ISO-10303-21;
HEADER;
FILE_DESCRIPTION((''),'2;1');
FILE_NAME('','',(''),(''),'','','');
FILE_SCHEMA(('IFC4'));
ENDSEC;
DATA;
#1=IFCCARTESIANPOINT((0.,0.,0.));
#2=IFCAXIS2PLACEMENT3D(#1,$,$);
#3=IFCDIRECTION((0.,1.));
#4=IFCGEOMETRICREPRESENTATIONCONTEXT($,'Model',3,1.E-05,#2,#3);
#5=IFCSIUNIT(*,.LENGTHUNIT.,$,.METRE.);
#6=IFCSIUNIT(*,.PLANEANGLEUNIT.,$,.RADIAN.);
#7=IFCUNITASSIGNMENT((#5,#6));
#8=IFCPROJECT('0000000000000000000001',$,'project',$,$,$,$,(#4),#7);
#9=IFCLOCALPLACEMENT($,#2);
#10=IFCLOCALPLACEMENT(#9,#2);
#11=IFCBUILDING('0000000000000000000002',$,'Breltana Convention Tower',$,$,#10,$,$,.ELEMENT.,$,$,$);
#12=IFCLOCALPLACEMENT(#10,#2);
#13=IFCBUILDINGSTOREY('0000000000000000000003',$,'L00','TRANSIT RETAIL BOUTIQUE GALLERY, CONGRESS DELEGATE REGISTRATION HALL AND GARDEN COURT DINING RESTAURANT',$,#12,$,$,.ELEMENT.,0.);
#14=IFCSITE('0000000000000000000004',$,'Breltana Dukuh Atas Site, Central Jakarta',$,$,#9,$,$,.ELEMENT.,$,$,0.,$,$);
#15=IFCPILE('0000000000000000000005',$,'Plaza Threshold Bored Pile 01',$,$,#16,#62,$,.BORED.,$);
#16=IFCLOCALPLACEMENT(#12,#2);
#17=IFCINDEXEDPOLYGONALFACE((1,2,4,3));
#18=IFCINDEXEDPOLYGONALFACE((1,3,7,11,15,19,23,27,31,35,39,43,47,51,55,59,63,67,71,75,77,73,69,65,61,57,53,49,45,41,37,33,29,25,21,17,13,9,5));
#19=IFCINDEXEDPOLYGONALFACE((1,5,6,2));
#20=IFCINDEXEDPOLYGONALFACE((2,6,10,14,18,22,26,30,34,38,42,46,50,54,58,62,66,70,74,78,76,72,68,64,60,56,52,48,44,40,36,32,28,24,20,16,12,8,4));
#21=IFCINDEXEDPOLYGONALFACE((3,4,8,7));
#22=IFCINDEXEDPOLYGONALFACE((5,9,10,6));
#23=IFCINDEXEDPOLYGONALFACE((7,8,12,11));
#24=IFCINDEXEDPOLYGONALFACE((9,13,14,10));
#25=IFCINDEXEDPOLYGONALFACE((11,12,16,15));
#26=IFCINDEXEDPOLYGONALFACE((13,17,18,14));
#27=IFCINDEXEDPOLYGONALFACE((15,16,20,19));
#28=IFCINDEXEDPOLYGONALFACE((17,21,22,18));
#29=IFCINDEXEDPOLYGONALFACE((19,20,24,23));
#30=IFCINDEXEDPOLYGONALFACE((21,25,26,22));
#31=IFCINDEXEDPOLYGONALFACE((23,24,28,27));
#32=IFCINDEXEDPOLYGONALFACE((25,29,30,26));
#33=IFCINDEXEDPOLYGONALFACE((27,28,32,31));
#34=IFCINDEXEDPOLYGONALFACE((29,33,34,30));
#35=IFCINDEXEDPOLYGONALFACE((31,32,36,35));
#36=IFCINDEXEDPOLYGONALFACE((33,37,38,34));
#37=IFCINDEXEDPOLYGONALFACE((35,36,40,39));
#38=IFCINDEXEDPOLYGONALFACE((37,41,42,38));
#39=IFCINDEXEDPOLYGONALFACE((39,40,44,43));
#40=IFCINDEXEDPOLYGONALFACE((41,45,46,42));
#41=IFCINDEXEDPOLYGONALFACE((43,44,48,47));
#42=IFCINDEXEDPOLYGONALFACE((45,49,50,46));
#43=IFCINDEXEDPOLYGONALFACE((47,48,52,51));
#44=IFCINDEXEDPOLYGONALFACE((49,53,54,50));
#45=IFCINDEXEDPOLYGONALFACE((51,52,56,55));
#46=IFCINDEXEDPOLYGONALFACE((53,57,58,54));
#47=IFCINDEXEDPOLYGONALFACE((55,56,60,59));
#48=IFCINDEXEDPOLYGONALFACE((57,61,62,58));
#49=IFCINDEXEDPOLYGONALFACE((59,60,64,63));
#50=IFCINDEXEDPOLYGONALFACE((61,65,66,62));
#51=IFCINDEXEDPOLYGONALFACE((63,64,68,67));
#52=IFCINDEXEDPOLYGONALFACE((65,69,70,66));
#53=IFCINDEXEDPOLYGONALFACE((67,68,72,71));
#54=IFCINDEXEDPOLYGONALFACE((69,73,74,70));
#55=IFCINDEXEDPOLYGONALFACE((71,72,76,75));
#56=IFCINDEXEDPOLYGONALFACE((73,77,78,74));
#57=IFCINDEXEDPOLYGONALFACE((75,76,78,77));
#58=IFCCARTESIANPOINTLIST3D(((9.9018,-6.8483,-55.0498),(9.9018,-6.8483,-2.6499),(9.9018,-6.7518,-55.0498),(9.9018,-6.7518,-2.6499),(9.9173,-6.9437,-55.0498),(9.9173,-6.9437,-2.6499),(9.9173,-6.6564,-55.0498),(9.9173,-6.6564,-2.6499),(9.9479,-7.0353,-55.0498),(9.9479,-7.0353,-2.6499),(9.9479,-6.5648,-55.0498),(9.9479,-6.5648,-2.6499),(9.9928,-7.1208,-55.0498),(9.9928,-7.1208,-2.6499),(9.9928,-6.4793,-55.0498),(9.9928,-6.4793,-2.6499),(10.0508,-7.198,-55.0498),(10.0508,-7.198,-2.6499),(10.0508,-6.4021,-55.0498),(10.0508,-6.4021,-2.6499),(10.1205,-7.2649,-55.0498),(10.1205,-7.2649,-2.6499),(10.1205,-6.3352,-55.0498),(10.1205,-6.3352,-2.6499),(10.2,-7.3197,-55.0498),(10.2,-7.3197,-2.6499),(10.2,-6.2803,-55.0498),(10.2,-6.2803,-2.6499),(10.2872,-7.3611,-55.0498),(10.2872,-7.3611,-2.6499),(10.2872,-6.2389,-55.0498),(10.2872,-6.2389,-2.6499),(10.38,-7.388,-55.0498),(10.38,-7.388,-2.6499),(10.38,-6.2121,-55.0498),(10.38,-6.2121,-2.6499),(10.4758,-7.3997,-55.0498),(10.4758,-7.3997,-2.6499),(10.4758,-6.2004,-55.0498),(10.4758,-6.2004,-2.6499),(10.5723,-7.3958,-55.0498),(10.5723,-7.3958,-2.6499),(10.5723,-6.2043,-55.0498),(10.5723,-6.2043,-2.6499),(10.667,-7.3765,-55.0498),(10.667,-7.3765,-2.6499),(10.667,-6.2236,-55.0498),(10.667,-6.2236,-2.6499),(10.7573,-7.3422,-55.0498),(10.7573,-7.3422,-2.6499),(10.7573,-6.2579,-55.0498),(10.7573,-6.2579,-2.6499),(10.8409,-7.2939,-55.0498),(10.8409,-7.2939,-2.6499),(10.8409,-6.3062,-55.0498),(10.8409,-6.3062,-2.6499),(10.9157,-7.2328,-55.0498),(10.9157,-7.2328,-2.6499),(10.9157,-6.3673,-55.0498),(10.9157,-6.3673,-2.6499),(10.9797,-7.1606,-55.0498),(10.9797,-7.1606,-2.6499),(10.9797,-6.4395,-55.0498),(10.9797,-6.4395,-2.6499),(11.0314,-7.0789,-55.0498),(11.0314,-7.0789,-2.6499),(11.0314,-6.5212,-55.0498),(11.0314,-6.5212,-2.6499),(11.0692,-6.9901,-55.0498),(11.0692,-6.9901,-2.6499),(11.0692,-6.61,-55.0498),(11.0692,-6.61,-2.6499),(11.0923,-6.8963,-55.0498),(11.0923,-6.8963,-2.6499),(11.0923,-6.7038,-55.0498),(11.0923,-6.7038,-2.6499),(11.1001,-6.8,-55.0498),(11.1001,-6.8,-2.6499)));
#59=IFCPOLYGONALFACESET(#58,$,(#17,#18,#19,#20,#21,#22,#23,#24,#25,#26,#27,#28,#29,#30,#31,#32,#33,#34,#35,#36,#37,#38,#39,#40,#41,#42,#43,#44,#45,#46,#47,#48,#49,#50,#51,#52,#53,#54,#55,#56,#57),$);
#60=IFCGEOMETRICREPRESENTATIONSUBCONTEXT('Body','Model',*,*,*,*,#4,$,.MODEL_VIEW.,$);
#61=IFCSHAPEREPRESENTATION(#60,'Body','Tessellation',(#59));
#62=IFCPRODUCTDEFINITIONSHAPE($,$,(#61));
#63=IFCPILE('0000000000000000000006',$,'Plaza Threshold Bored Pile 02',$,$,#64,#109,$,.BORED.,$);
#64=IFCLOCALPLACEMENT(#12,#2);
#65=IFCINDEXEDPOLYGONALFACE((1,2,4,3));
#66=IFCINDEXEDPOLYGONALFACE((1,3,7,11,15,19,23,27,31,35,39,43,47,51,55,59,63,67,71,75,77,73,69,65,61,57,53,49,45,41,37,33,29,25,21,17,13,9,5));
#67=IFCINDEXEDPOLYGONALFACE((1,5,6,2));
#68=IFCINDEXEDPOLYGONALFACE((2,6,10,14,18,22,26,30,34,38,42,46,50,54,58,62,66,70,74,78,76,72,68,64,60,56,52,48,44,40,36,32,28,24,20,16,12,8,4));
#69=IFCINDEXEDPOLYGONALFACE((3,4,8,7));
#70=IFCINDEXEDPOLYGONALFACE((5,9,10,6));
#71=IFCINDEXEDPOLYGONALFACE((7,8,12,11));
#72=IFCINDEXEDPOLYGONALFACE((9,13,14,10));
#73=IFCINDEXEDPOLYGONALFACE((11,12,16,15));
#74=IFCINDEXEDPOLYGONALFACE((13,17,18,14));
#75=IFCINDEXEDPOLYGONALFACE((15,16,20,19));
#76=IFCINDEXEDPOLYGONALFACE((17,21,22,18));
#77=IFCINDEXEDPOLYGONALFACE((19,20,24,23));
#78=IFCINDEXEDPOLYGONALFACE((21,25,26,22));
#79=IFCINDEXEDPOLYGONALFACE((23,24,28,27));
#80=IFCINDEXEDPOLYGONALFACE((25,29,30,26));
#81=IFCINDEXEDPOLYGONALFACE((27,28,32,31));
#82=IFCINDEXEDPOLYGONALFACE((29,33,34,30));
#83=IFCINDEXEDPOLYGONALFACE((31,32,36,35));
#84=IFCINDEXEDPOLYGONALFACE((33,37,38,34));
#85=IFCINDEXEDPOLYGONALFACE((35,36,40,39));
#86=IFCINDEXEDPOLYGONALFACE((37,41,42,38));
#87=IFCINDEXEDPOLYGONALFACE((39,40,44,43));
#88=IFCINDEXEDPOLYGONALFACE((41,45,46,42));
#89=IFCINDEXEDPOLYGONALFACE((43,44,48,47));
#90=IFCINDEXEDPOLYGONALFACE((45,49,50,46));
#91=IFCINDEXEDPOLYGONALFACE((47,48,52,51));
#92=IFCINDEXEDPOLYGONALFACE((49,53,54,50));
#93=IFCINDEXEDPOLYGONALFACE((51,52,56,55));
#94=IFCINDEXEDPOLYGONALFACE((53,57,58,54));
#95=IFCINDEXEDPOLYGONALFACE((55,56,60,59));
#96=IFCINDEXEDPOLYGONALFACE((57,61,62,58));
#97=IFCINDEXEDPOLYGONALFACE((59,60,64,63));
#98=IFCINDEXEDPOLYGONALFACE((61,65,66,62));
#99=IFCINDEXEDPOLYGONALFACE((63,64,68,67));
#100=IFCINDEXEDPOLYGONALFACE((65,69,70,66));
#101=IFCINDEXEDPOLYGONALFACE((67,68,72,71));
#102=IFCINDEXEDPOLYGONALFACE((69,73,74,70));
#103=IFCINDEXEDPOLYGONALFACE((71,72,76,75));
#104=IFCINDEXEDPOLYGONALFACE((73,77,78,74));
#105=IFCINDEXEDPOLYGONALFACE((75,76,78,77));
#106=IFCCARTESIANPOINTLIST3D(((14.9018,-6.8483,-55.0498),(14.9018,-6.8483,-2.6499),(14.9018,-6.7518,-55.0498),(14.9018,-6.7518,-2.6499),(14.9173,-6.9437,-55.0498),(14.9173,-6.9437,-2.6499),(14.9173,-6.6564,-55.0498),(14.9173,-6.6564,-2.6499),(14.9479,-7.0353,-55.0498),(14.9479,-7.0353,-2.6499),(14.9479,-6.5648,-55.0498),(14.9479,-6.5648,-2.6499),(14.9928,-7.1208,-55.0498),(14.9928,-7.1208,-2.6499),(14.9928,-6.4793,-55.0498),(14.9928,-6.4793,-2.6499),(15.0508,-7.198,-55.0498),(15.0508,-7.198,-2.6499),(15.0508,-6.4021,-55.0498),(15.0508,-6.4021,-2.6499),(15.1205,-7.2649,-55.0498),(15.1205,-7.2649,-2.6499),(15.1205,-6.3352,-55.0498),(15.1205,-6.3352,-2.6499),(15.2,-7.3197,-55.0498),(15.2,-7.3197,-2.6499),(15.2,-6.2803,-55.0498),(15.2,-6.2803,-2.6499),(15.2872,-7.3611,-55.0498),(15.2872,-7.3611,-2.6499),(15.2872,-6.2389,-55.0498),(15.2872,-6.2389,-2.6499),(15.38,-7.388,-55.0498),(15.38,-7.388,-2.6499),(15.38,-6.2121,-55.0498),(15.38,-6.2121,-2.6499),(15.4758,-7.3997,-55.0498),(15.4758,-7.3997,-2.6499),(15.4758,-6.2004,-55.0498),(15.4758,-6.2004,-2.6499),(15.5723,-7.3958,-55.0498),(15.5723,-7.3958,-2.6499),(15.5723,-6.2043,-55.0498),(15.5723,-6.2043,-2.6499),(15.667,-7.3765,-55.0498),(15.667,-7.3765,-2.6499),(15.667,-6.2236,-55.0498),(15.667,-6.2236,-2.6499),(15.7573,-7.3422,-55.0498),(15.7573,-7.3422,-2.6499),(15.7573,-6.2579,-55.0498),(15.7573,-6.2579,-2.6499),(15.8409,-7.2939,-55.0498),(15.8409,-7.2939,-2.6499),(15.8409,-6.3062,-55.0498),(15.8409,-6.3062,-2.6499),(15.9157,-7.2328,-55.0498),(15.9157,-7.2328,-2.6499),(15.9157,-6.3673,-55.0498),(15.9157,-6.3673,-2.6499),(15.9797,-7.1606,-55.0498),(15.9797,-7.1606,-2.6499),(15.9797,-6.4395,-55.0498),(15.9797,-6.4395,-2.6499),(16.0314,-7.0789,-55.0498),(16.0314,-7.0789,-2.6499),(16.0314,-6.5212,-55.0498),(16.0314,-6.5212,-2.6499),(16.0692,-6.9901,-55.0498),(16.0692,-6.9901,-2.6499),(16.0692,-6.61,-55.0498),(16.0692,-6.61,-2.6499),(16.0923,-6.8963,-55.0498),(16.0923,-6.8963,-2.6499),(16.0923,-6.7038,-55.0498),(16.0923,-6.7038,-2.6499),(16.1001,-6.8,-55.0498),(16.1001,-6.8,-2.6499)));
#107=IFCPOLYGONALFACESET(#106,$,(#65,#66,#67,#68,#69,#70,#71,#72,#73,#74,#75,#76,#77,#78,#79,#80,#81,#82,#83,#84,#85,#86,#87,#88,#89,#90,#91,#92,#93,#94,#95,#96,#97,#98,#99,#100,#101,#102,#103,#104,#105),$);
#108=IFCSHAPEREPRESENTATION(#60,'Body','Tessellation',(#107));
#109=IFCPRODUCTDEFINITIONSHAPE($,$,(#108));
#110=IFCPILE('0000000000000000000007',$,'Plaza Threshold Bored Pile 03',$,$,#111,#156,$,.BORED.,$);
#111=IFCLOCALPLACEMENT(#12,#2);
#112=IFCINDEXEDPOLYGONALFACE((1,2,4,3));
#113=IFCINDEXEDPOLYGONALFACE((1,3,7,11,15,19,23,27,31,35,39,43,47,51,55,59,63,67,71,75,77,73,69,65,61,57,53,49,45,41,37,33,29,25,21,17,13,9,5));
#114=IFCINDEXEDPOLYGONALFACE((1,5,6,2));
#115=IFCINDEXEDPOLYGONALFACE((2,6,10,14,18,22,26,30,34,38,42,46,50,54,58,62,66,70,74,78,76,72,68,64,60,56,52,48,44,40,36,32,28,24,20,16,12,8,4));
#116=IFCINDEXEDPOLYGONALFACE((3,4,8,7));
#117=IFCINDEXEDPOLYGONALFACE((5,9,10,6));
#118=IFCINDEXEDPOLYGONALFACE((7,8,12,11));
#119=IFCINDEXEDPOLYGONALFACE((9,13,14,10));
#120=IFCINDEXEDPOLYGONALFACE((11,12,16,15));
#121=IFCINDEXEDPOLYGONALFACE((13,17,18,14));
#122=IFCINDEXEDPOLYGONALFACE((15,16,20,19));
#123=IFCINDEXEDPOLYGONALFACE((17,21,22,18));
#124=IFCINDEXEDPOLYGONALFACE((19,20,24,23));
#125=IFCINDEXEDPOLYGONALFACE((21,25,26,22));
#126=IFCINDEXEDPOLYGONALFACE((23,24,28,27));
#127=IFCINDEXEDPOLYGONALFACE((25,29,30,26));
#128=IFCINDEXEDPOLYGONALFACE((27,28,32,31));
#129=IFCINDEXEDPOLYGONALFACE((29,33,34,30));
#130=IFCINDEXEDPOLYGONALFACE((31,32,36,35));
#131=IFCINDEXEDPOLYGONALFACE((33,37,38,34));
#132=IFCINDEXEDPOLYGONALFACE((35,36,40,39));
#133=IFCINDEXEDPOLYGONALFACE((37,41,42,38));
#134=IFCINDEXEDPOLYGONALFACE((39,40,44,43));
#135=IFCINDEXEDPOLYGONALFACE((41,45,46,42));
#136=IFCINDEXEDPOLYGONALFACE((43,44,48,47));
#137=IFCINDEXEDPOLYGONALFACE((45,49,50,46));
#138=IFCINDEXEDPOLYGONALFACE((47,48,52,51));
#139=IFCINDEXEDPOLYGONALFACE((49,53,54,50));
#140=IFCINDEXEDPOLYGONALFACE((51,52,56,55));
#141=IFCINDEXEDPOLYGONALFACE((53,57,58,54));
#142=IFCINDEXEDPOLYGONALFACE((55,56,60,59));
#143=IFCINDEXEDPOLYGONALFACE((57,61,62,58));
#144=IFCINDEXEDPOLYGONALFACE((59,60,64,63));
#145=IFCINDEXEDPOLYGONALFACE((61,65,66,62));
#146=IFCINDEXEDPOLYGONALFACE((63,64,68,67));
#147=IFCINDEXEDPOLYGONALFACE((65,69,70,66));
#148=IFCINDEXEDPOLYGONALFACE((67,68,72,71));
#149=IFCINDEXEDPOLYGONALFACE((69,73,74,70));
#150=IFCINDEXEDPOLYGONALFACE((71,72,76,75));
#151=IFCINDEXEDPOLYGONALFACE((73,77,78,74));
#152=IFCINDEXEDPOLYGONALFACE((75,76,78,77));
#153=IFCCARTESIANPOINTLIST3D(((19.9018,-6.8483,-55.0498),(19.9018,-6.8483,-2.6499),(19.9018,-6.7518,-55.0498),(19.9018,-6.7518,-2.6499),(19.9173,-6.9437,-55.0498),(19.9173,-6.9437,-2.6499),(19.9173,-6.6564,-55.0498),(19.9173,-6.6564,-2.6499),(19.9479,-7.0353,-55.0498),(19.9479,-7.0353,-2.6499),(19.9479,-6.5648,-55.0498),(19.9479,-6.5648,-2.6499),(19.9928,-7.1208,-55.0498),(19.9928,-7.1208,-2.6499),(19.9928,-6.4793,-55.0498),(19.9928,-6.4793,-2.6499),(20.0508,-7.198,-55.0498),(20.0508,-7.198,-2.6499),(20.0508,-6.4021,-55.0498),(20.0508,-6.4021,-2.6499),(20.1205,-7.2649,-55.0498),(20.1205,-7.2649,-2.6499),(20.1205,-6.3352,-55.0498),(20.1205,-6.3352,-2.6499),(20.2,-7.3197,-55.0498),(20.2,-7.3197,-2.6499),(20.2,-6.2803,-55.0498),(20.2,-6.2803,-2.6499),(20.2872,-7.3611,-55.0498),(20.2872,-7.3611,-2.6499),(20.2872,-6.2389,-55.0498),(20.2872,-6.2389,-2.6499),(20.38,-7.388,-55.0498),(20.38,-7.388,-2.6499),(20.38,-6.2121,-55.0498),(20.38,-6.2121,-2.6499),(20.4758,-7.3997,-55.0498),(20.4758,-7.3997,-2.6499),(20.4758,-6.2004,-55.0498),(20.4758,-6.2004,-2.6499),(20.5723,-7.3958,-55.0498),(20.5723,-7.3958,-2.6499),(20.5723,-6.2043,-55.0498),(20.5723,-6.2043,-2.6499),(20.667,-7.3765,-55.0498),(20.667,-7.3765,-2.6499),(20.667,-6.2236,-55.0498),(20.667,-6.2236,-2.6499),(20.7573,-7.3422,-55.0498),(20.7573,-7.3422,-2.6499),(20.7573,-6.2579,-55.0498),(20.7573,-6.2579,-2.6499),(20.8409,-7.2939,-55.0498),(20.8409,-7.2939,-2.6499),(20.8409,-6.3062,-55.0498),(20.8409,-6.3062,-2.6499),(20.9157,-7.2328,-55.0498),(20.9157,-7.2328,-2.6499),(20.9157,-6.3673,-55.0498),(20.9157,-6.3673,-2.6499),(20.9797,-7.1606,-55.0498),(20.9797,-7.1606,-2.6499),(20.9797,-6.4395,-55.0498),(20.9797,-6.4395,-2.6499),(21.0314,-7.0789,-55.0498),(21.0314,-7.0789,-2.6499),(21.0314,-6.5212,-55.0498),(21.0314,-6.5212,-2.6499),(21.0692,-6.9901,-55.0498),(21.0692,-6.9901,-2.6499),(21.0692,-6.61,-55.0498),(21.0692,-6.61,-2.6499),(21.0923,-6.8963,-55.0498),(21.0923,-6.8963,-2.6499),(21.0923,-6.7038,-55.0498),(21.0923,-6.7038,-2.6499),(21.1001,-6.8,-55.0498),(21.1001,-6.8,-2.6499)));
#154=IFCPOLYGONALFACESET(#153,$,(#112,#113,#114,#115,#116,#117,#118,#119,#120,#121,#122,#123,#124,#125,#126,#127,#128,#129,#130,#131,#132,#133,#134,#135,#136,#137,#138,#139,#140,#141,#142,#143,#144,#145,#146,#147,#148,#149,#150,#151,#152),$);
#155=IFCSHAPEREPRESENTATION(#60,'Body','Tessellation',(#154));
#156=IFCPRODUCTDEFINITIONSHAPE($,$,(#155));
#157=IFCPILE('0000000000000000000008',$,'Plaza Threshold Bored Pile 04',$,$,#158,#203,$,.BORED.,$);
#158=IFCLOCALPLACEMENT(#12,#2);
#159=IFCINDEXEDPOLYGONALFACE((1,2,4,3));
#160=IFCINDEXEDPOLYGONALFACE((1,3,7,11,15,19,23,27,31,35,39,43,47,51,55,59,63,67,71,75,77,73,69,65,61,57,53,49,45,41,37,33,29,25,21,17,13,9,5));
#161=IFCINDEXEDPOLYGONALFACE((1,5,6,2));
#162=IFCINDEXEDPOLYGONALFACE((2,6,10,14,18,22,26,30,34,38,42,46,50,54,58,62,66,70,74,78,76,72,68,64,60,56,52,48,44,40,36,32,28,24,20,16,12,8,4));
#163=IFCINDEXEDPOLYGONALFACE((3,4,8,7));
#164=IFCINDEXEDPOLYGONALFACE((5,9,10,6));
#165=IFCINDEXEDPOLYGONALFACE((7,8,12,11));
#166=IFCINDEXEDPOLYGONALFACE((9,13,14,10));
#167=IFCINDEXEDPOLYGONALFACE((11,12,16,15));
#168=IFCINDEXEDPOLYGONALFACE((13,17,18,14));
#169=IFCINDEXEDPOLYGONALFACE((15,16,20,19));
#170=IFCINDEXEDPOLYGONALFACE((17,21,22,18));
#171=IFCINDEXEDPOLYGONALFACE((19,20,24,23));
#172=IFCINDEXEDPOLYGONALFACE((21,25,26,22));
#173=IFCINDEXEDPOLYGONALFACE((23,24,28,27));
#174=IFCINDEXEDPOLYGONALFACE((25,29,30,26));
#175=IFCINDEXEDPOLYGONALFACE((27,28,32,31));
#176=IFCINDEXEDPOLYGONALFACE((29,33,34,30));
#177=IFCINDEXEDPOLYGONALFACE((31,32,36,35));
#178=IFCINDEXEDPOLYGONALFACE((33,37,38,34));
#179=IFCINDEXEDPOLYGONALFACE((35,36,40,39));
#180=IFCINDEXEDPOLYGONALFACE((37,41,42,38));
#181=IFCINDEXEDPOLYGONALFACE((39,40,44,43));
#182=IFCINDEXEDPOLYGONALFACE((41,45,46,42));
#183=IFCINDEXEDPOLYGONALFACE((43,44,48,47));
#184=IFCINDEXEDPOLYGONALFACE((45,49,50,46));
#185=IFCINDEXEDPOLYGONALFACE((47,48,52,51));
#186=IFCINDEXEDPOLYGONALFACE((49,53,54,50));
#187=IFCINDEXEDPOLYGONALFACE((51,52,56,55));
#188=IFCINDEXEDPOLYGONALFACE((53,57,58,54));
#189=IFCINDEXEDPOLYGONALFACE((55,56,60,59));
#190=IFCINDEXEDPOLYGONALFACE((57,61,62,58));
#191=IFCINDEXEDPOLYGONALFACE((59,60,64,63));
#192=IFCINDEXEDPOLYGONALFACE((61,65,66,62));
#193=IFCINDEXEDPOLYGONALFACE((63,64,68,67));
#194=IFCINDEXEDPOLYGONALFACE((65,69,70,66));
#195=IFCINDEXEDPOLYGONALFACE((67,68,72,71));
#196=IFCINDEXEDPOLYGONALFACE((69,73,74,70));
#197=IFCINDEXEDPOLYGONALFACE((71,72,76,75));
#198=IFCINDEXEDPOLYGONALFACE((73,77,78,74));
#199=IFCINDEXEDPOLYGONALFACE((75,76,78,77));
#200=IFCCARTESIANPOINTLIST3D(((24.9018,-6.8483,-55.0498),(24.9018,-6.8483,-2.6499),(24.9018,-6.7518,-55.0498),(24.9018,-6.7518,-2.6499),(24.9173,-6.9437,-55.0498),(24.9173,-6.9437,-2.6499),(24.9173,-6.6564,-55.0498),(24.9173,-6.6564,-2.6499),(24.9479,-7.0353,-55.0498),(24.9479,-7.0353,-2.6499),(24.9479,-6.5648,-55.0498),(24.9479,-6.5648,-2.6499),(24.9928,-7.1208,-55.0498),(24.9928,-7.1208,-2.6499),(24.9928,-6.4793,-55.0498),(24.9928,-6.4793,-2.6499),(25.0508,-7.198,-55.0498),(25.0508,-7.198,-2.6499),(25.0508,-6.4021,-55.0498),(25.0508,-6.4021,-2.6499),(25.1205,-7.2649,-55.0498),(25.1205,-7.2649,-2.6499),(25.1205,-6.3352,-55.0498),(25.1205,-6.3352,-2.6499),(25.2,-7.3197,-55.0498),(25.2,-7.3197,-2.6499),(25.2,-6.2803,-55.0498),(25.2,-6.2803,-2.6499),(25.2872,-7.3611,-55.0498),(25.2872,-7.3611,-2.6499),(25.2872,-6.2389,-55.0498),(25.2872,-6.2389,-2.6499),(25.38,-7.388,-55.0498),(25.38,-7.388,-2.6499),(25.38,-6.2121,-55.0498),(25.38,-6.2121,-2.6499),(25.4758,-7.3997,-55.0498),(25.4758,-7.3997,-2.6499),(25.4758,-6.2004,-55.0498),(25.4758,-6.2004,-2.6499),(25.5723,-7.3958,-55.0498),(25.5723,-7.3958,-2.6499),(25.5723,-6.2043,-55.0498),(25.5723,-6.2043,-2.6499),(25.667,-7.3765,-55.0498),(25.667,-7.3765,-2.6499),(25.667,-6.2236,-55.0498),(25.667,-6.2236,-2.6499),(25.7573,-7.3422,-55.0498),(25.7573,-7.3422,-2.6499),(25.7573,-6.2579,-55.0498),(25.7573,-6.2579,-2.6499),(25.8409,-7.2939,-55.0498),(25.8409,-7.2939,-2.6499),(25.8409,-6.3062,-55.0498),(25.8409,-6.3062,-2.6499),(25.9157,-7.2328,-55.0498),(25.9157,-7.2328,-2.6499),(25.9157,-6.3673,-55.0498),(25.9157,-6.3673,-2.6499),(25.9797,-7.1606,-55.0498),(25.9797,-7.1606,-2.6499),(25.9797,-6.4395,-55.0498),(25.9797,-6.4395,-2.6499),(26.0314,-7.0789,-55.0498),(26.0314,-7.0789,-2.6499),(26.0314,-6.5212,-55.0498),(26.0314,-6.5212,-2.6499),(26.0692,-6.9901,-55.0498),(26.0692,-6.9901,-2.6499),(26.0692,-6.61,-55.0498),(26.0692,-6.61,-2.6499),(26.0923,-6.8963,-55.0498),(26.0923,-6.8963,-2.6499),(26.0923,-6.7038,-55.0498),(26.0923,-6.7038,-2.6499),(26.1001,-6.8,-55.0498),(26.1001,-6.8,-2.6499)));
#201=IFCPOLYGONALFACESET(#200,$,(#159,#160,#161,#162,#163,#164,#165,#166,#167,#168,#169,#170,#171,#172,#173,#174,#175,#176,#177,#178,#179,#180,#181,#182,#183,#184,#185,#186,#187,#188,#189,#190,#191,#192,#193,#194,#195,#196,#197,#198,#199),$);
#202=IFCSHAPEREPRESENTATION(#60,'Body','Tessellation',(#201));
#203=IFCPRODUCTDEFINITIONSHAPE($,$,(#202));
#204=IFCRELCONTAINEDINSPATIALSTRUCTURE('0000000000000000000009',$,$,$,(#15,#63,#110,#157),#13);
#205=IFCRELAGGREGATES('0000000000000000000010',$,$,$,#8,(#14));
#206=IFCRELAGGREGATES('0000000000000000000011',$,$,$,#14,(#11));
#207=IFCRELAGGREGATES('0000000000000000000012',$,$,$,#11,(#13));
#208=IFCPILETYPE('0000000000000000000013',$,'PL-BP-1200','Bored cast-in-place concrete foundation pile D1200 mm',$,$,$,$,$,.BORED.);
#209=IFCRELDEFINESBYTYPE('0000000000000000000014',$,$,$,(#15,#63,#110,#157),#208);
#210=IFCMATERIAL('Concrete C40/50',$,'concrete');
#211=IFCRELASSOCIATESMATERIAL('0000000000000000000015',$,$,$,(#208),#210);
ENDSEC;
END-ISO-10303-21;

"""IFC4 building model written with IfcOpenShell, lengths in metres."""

from ifc_helpers import new_model, si_unit, direction, frame, origin, origin_2d, place, context, subcontext, project, spatial, circle, extrude, source, transform, mapped, material, material_profile, profile_set, type_object, element, save


model = new_model("IFC4")

# Units and contexts
model_context = context("Model", 3, precision=1e-05, world=origin(), true_north=direction((0.0, 1.0)))
body_context = subcontext(model_context, "Body", "Model", "MODEL_VIEW")
ifc_project = project(units=[si_unit("LENGTHUNIT", "METRE"), si_unit("PLANEANGLEUNIT", "RADIAN")], contexts=[model_context])

# Site, building, storey
site_placement = place(None, origin())
site = spatial("IfcSite", under=ifc_project, at=site_placement, Name="Breltana Dukuh Atas Site, Central Jakarta", CompositionType="ELEMENT", RefElevation=0.0)
building_placement = place(site_placement, origin())
building = spatial("IfcBuilding", under=site, at=building_placement, Name="Breltana Convention Tower", CompositionType="ELEMENT")
storey_placement = place(building_placement, origin())
storey = spatial("IfcBuildingStorey", under=building, at=storey_placement, Name="L00", Description="TRANSIT RETAIL BOUTIQUE GALLERY, CONGRESS DELEGATE REGISTRATION HALL AND GARDEN COURT DINING RESTAURANT", CompositionType="ELEMENT", Elevation=0.0)

# Piles
ifc_material_1 = material(Name="Concrete C40/50", Category="concrete")
ifc_material_profile_1 = material_profile(ifc_material_1, circle(Radius=0.6001, at=origin_2d()), Name="BP-D1200")
ifc_profile_set_1 = profile_set([ifc_material_profile_1], Name="Concrete C40/50")
pile_type = type_object("IfcPileType", Name="PL-BP-1200", Description="Bored cast-in-place concrete foundation pile D1200 mm", PredefinedType="BORED", material=ifc_profile_set_1)
shared_shape_1 = source(origin(), body_context, "Body", "SweptSolid", [
    extrude(circle(Radius=0.6001, at=origin_2d()), origin(), (0.0, 0.0, 1.0), 52.3999),
])
for number, where, z_axis, x_axis, name in (
    (1, (10.5, -6.8, -2.6499), (0.0, 0.0, -1.0), (1.0, 0.0, 0.0), "Plaza Threshold Bored Pile 01"),
    (2, (15.5, -6.8, -2.6499), (0.0, 0.0, -1.0), (1.0, 0.0, 0.0), "Plaza Threshold Bored Pile 02"),
    (3, (20.5, -6.8, -2.6499), (0.0, 0.0, -1.0), (1.0, 0.0, 0.0), "Plaza Threshold Bored Pile 03"),
    (4, (25.5, -6.8, -2.6499), (0.0, 0.0, -1.0), (1.0, 0.0, 0.0), "Plaza Threshold Bored Pile 04"),
):
    element("IfcPile", number, at=place(storey_placement, frame(where, z_axis=z_axis, x_axis=x_axis)), inside=storey, type_object=pile_type, Name=name, PredefinedType="BORED", context=body_context, shape_type="MappedRepresentation", body=[
        mapped(shared_shape_1, transform((0.0, 0.0, 0.0), scale=1.0)),
    ])

save(model, "model.ifc")
